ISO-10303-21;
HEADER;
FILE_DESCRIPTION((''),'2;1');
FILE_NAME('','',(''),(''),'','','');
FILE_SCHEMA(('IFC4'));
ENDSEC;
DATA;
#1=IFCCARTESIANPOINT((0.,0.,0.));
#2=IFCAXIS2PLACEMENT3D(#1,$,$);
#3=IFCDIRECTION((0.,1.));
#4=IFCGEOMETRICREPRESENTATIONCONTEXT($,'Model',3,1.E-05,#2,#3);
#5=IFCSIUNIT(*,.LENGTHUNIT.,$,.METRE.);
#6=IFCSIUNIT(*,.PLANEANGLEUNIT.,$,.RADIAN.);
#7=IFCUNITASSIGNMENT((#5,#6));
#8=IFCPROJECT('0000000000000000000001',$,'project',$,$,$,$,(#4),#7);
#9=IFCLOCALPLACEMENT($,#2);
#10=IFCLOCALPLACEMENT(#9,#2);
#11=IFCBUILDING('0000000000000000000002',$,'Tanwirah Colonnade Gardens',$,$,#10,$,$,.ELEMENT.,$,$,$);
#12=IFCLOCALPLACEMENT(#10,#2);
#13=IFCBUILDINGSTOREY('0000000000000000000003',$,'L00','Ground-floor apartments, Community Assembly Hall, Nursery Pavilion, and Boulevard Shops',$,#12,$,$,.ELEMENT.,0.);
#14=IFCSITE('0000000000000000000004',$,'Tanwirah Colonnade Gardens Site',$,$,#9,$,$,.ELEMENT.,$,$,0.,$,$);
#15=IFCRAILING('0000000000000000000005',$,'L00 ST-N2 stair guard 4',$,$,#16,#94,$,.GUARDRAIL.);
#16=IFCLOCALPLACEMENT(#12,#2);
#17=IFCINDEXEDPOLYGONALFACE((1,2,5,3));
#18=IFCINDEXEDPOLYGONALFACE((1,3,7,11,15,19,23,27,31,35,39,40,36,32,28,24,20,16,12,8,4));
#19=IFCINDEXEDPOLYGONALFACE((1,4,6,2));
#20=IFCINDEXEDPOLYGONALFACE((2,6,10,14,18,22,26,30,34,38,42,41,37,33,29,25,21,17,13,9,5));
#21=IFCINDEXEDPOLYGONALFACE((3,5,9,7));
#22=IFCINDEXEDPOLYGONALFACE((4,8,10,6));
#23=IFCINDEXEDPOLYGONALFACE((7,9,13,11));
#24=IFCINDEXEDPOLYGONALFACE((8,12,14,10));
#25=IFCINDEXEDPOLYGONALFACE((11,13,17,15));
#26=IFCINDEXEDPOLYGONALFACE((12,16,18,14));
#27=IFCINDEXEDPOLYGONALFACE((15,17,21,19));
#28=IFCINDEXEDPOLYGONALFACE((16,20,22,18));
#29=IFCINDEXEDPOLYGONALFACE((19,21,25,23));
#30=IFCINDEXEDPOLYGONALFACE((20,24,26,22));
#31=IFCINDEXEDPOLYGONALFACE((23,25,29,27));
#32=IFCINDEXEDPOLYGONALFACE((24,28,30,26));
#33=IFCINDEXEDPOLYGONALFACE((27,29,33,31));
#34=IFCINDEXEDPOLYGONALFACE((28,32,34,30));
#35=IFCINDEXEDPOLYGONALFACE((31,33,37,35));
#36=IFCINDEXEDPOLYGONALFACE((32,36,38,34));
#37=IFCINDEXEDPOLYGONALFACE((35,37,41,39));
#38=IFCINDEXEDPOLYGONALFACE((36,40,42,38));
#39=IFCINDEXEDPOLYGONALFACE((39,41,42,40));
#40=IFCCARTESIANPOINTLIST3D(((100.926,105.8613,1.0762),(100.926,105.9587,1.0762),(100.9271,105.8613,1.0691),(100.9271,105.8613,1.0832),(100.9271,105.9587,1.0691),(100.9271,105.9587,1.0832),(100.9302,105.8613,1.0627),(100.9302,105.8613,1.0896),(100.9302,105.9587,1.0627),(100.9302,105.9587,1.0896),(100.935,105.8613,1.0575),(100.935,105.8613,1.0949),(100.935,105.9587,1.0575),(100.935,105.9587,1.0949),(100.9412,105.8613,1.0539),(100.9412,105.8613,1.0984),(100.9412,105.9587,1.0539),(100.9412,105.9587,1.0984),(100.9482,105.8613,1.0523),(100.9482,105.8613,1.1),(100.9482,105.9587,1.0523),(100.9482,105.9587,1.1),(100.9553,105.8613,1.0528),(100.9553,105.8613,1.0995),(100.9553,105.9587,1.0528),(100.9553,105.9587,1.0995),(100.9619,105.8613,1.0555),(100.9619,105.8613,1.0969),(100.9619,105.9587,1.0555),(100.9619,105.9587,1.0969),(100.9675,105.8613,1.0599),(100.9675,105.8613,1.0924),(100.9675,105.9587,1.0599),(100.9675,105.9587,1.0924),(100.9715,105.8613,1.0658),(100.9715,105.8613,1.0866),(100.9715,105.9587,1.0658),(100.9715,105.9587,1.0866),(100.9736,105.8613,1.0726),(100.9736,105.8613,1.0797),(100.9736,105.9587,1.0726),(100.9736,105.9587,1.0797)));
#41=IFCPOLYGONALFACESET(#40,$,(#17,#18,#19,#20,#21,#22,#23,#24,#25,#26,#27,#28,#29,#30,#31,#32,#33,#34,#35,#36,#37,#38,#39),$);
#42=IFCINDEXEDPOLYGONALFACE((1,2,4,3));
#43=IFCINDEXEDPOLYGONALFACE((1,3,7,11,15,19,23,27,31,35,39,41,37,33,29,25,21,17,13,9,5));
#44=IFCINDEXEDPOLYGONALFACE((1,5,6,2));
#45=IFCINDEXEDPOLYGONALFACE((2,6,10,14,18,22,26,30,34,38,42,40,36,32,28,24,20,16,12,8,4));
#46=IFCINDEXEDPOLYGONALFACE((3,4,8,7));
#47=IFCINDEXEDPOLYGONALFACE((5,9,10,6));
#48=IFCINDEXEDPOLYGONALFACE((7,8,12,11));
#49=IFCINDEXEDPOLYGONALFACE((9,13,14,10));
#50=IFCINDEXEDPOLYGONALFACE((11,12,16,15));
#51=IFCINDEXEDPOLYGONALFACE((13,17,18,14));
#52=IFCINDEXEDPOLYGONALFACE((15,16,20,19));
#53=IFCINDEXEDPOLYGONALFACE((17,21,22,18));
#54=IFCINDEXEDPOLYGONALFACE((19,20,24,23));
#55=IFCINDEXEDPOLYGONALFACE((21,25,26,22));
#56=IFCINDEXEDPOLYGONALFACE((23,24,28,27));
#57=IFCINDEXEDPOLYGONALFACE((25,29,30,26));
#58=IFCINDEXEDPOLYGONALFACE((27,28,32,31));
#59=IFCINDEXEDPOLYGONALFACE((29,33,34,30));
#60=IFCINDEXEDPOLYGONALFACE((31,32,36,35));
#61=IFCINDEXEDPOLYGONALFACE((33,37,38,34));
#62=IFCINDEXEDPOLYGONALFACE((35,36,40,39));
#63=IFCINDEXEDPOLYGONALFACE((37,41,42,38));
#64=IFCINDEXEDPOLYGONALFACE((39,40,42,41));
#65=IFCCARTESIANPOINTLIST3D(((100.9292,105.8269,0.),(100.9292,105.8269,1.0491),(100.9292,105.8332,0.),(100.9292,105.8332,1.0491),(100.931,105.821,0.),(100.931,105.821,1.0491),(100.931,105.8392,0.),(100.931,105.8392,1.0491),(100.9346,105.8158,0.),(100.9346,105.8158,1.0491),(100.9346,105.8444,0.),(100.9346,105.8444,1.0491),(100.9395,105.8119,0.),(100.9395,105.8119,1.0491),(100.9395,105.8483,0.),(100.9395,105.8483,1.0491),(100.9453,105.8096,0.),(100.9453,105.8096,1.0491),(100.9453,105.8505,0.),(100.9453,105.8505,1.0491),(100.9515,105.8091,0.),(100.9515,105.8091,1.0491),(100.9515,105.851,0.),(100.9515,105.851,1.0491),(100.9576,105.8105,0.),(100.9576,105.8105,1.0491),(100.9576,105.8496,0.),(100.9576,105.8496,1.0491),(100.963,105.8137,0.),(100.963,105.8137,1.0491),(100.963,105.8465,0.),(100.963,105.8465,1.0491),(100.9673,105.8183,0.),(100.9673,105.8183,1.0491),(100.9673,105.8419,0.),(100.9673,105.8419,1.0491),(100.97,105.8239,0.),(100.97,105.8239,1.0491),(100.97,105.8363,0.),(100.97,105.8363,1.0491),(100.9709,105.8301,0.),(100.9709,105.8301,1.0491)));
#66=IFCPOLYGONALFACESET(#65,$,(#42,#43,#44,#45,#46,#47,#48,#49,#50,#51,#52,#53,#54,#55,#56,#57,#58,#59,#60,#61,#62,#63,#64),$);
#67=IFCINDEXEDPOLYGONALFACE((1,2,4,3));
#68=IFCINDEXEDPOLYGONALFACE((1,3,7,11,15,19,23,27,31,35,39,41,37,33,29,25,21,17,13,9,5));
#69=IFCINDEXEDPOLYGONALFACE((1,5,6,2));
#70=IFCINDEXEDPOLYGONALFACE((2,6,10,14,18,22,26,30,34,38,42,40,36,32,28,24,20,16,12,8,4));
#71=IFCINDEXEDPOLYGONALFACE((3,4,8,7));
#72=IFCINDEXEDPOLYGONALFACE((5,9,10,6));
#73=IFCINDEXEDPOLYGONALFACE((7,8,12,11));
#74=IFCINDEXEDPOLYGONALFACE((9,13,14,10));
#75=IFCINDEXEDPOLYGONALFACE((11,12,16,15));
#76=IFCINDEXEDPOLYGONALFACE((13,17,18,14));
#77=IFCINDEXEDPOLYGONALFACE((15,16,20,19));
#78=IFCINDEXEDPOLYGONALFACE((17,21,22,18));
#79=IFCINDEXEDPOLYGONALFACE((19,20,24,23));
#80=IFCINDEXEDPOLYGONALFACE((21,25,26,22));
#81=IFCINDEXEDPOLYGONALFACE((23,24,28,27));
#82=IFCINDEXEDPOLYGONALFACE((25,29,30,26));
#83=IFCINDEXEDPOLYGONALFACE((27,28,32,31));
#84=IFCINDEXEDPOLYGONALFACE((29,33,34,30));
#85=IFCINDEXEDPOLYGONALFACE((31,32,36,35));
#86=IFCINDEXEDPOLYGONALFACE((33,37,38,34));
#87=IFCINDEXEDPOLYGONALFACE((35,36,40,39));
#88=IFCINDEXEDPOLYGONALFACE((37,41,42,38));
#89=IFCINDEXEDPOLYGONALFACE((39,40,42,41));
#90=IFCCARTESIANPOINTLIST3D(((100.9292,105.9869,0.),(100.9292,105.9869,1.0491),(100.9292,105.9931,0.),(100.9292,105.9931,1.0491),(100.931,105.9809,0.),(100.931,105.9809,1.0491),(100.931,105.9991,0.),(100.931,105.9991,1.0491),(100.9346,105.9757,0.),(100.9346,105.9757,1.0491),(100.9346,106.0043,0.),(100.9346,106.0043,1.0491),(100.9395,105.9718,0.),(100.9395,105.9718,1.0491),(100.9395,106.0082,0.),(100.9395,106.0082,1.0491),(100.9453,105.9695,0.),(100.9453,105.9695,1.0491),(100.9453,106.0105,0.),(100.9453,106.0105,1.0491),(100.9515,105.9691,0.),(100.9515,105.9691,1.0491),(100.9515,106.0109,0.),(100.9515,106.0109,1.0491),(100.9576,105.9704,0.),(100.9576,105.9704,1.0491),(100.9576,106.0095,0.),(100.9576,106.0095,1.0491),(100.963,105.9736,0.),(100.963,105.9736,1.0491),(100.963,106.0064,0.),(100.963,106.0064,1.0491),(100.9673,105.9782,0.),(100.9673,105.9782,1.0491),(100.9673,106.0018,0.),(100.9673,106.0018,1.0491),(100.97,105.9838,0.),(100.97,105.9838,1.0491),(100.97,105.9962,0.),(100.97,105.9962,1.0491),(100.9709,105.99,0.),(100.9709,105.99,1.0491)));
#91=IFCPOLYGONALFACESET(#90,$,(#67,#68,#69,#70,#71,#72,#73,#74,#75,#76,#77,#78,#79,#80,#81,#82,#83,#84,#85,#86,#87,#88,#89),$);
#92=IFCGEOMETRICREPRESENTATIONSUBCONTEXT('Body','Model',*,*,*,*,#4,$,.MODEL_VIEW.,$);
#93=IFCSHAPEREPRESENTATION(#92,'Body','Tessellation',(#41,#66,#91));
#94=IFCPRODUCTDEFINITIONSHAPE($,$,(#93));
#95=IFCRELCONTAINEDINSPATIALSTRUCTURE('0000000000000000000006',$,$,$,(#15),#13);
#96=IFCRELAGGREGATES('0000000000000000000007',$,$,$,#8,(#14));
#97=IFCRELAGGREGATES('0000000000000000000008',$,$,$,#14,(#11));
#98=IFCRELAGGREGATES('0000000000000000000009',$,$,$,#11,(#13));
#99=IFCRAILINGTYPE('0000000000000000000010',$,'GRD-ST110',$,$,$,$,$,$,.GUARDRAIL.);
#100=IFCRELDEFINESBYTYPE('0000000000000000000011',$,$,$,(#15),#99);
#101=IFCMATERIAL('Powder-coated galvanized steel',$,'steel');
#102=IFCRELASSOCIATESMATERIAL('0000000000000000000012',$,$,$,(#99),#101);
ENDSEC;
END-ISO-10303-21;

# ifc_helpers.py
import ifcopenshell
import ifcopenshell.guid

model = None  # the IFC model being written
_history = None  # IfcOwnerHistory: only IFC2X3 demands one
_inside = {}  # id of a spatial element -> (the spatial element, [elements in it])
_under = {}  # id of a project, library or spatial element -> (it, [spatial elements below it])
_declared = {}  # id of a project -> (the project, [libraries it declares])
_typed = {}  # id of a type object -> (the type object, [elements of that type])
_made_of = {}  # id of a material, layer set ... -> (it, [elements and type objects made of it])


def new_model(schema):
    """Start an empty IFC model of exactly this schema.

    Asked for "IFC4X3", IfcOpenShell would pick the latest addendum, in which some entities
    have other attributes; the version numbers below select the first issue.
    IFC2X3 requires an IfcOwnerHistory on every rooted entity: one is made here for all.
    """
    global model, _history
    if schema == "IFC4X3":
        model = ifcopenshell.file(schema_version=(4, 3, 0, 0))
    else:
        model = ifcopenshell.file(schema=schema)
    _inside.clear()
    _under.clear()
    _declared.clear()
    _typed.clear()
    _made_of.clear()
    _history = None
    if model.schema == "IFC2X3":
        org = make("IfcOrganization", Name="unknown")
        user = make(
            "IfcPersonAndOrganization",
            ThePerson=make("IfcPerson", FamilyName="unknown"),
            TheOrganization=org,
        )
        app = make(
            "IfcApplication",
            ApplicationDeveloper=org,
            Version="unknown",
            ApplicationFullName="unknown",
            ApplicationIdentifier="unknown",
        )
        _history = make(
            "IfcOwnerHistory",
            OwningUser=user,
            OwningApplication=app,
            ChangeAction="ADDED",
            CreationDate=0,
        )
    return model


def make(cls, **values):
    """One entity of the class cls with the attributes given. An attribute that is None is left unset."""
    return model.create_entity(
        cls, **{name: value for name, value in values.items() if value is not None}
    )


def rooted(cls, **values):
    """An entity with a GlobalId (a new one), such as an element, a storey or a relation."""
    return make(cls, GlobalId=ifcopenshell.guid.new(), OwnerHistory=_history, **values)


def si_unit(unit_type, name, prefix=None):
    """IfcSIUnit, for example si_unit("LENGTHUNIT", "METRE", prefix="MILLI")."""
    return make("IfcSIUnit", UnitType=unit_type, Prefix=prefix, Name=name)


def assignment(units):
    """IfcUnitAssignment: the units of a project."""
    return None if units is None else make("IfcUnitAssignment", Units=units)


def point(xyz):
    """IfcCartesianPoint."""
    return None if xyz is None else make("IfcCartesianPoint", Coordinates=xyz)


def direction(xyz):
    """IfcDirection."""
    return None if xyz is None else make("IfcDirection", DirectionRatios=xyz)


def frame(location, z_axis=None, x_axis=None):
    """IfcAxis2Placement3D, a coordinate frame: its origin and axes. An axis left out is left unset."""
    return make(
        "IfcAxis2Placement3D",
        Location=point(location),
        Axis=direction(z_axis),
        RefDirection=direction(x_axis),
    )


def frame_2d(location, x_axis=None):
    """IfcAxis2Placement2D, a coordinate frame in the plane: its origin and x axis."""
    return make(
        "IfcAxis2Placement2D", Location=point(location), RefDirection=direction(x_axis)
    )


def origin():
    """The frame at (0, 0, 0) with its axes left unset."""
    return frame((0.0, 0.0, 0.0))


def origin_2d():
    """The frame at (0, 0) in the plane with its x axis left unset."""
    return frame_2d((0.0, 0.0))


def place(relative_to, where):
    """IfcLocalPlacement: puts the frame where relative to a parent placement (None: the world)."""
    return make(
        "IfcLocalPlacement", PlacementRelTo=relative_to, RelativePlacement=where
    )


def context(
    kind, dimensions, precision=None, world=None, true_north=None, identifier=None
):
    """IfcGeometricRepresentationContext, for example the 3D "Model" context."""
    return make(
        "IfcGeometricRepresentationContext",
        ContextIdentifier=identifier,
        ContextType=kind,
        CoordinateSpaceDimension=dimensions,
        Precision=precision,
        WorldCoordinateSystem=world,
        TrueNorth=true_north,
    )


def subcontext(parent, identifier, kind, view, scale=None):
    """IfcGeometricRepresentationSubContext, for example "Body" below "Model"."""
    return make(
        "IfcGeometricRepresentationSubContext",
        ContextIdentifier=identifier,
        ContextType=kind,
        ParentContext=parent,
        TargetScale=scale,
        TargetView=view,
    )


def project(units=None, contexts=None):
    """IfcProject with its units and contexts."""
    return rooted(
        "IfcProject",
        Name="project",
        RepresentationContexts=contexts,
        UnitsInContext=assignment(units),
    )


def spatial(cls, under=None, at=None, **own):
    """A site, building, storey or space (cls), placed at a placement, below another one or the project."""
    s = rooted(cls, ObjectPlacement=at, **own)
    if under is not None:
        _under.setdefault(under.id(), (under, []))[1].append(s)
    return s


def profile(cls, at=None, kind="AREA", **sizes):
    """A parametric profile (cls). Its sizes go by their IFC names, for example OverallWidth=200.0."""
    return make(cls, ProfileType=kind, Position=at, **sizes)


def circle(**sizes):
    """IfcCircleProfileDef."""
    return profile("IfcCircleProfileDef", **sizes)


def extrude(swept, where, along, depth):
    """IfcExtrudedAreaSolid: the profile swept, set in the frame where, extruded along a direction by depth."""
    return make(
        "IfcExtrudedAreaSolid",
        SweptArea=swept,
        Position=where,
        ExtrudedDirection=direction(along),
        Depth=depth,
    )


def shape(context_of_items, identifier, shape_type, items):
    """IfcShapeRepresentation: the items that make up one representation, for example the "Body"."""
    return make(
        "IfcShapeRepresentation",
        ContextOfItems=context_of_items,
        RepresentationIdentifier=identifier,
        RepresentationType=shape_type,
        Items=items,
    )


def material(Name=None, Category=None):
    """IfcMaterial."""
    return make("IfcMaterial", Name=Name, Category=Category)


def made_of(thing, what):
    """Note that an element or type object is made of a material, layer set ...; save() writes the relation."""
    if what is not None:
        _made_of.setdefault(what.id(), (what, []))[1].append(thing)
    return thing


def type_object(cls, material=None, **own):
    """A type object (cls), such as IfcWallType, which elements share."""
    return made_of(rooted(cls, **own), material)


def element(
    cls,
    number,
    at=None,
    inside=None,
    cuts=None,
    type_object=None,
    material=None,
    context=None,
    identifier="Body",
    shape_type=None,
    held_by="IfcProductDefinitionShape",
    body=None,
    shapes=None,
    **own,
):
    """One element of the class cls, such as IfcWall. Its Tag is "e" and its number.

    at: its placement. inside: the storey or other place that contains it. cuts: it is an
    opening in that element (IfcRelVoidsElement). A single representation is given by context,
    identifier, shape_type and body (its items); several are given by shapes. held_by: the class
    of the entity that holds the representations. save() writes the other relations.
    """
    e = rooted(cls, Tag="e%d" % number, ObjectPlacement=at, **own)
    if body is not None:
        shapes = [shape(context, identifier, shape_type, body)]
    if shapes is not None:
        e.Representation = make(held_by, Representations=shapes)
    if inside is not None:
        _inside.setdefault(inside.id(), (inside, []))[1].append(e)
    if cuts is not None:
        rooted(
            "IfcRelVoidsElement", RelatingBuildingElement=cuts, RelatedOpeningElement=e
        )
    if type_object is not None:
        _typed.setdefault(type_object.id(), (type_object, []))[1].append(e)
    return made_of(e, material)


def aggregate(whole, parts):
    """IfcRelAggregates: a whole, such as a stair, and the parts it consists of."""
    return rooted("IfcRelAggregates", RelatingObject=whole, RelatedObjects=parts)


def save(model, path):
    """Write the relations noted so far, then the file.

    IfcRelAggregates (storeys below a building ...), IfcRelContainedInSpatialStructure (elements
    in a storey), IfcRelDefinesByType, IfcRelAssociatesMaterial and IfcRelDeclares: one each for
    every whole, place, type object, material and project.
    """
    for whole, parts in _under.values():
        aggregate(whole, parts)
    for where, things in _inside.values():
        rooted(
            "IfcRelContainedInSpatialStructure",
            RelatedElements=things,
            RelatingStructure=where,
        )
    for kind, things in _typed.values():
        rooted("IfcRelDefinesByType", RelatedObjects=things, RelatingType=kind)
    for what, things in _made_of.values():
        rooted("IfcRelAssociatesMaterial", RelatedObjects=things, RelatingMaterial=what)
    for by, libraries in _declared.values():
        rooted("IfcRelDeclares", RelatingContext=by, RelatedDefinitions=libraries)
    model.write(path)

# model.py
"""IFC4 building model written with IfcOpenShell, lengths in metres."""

from ifc_helpers import new_model, si_unit, direction, frame, origin, origin_2d, place, context, subcontext, project, spatial, circle, extrude, material, type_object, element, save


model = new_model("IFC4")

# Units and contexts
model_context = context("Model", 3, precision=1e-05, world=origin(), true_north=direction((0.0, 1.0)))
body_context = subcontext(model_context, "Body", "Model", "MODEL_VIEW")
ifc_project = project(units=[si_unit("LENGTHUNIT", "METRE"), si_unit("PLANEANGLEUNIT", "RADIAN")], contexts=[model_context])

# Site, building, storey
site_placement = place(None, origin())
site = spatial("IfcSite", under=ifc_project, at=site_placement, Name="Tanwirah Colonnade Gardens Site", CompositionType="ELEMENT", RefElevation=0.0)
building_placement = place(site_placement, origin())
building = spatial("IfcBuilding", under=site, at=building_placement, Name="Tanwirah Colonnade Gardens", CompositionType="ELEMENT")
storey_placement = place(building_placement, origin())
storey = spatial("IfcBuildingStorey", under=building, at=storey_placement, Name="L00", Description="Ground-floor apartments, Community Assembly Hall, Nursery Pavilion, and Boulevard Shops", CompositionType="ELEMENT", Elevation=0.0)

# Railing
ifc_material_1 = material(Name="Powder-coated galvanized steel", Category="steel")
railing_type_1 = type_object("IfcRailingType", Name="GRD-ST110", PredefinedType="GUARDRAIL", material=ifc_material_1)
railing_1_placement = place(storey_placement, frame((100.95, 105.8301, 0.0)))
element("IfcRailing", 1, at=railing_1_placement, inside=storey, type_object=railing_type_1, Name="L00 ST-N2 stair guard 4", PredefinedType="GUARDRAIL", context=body_context, shape_type="SweptSolid", body=[
    extrude(circle(Radius=0.0239, at=origin_2d()), frame((0.0, 0.0312, 1.0762), z_axis=(0.0, 1.0, 0.0), x_axis=(-1.0, 0.0, 0.0)), (0.0, 0.0, 1.0), 0.0974),
    extrude(circle(Radius=0.021, at=origin_2d()), origin(), (0.0, 0.0, 1.0), 1.0491),
    extrude(circle(Radius=0.021, at=origin_2d()), frame((0.0, 0.1599, 0.0)), (0.0, 0.0, 1.0), 1.0491),
])

save(model, "model.ifc")
